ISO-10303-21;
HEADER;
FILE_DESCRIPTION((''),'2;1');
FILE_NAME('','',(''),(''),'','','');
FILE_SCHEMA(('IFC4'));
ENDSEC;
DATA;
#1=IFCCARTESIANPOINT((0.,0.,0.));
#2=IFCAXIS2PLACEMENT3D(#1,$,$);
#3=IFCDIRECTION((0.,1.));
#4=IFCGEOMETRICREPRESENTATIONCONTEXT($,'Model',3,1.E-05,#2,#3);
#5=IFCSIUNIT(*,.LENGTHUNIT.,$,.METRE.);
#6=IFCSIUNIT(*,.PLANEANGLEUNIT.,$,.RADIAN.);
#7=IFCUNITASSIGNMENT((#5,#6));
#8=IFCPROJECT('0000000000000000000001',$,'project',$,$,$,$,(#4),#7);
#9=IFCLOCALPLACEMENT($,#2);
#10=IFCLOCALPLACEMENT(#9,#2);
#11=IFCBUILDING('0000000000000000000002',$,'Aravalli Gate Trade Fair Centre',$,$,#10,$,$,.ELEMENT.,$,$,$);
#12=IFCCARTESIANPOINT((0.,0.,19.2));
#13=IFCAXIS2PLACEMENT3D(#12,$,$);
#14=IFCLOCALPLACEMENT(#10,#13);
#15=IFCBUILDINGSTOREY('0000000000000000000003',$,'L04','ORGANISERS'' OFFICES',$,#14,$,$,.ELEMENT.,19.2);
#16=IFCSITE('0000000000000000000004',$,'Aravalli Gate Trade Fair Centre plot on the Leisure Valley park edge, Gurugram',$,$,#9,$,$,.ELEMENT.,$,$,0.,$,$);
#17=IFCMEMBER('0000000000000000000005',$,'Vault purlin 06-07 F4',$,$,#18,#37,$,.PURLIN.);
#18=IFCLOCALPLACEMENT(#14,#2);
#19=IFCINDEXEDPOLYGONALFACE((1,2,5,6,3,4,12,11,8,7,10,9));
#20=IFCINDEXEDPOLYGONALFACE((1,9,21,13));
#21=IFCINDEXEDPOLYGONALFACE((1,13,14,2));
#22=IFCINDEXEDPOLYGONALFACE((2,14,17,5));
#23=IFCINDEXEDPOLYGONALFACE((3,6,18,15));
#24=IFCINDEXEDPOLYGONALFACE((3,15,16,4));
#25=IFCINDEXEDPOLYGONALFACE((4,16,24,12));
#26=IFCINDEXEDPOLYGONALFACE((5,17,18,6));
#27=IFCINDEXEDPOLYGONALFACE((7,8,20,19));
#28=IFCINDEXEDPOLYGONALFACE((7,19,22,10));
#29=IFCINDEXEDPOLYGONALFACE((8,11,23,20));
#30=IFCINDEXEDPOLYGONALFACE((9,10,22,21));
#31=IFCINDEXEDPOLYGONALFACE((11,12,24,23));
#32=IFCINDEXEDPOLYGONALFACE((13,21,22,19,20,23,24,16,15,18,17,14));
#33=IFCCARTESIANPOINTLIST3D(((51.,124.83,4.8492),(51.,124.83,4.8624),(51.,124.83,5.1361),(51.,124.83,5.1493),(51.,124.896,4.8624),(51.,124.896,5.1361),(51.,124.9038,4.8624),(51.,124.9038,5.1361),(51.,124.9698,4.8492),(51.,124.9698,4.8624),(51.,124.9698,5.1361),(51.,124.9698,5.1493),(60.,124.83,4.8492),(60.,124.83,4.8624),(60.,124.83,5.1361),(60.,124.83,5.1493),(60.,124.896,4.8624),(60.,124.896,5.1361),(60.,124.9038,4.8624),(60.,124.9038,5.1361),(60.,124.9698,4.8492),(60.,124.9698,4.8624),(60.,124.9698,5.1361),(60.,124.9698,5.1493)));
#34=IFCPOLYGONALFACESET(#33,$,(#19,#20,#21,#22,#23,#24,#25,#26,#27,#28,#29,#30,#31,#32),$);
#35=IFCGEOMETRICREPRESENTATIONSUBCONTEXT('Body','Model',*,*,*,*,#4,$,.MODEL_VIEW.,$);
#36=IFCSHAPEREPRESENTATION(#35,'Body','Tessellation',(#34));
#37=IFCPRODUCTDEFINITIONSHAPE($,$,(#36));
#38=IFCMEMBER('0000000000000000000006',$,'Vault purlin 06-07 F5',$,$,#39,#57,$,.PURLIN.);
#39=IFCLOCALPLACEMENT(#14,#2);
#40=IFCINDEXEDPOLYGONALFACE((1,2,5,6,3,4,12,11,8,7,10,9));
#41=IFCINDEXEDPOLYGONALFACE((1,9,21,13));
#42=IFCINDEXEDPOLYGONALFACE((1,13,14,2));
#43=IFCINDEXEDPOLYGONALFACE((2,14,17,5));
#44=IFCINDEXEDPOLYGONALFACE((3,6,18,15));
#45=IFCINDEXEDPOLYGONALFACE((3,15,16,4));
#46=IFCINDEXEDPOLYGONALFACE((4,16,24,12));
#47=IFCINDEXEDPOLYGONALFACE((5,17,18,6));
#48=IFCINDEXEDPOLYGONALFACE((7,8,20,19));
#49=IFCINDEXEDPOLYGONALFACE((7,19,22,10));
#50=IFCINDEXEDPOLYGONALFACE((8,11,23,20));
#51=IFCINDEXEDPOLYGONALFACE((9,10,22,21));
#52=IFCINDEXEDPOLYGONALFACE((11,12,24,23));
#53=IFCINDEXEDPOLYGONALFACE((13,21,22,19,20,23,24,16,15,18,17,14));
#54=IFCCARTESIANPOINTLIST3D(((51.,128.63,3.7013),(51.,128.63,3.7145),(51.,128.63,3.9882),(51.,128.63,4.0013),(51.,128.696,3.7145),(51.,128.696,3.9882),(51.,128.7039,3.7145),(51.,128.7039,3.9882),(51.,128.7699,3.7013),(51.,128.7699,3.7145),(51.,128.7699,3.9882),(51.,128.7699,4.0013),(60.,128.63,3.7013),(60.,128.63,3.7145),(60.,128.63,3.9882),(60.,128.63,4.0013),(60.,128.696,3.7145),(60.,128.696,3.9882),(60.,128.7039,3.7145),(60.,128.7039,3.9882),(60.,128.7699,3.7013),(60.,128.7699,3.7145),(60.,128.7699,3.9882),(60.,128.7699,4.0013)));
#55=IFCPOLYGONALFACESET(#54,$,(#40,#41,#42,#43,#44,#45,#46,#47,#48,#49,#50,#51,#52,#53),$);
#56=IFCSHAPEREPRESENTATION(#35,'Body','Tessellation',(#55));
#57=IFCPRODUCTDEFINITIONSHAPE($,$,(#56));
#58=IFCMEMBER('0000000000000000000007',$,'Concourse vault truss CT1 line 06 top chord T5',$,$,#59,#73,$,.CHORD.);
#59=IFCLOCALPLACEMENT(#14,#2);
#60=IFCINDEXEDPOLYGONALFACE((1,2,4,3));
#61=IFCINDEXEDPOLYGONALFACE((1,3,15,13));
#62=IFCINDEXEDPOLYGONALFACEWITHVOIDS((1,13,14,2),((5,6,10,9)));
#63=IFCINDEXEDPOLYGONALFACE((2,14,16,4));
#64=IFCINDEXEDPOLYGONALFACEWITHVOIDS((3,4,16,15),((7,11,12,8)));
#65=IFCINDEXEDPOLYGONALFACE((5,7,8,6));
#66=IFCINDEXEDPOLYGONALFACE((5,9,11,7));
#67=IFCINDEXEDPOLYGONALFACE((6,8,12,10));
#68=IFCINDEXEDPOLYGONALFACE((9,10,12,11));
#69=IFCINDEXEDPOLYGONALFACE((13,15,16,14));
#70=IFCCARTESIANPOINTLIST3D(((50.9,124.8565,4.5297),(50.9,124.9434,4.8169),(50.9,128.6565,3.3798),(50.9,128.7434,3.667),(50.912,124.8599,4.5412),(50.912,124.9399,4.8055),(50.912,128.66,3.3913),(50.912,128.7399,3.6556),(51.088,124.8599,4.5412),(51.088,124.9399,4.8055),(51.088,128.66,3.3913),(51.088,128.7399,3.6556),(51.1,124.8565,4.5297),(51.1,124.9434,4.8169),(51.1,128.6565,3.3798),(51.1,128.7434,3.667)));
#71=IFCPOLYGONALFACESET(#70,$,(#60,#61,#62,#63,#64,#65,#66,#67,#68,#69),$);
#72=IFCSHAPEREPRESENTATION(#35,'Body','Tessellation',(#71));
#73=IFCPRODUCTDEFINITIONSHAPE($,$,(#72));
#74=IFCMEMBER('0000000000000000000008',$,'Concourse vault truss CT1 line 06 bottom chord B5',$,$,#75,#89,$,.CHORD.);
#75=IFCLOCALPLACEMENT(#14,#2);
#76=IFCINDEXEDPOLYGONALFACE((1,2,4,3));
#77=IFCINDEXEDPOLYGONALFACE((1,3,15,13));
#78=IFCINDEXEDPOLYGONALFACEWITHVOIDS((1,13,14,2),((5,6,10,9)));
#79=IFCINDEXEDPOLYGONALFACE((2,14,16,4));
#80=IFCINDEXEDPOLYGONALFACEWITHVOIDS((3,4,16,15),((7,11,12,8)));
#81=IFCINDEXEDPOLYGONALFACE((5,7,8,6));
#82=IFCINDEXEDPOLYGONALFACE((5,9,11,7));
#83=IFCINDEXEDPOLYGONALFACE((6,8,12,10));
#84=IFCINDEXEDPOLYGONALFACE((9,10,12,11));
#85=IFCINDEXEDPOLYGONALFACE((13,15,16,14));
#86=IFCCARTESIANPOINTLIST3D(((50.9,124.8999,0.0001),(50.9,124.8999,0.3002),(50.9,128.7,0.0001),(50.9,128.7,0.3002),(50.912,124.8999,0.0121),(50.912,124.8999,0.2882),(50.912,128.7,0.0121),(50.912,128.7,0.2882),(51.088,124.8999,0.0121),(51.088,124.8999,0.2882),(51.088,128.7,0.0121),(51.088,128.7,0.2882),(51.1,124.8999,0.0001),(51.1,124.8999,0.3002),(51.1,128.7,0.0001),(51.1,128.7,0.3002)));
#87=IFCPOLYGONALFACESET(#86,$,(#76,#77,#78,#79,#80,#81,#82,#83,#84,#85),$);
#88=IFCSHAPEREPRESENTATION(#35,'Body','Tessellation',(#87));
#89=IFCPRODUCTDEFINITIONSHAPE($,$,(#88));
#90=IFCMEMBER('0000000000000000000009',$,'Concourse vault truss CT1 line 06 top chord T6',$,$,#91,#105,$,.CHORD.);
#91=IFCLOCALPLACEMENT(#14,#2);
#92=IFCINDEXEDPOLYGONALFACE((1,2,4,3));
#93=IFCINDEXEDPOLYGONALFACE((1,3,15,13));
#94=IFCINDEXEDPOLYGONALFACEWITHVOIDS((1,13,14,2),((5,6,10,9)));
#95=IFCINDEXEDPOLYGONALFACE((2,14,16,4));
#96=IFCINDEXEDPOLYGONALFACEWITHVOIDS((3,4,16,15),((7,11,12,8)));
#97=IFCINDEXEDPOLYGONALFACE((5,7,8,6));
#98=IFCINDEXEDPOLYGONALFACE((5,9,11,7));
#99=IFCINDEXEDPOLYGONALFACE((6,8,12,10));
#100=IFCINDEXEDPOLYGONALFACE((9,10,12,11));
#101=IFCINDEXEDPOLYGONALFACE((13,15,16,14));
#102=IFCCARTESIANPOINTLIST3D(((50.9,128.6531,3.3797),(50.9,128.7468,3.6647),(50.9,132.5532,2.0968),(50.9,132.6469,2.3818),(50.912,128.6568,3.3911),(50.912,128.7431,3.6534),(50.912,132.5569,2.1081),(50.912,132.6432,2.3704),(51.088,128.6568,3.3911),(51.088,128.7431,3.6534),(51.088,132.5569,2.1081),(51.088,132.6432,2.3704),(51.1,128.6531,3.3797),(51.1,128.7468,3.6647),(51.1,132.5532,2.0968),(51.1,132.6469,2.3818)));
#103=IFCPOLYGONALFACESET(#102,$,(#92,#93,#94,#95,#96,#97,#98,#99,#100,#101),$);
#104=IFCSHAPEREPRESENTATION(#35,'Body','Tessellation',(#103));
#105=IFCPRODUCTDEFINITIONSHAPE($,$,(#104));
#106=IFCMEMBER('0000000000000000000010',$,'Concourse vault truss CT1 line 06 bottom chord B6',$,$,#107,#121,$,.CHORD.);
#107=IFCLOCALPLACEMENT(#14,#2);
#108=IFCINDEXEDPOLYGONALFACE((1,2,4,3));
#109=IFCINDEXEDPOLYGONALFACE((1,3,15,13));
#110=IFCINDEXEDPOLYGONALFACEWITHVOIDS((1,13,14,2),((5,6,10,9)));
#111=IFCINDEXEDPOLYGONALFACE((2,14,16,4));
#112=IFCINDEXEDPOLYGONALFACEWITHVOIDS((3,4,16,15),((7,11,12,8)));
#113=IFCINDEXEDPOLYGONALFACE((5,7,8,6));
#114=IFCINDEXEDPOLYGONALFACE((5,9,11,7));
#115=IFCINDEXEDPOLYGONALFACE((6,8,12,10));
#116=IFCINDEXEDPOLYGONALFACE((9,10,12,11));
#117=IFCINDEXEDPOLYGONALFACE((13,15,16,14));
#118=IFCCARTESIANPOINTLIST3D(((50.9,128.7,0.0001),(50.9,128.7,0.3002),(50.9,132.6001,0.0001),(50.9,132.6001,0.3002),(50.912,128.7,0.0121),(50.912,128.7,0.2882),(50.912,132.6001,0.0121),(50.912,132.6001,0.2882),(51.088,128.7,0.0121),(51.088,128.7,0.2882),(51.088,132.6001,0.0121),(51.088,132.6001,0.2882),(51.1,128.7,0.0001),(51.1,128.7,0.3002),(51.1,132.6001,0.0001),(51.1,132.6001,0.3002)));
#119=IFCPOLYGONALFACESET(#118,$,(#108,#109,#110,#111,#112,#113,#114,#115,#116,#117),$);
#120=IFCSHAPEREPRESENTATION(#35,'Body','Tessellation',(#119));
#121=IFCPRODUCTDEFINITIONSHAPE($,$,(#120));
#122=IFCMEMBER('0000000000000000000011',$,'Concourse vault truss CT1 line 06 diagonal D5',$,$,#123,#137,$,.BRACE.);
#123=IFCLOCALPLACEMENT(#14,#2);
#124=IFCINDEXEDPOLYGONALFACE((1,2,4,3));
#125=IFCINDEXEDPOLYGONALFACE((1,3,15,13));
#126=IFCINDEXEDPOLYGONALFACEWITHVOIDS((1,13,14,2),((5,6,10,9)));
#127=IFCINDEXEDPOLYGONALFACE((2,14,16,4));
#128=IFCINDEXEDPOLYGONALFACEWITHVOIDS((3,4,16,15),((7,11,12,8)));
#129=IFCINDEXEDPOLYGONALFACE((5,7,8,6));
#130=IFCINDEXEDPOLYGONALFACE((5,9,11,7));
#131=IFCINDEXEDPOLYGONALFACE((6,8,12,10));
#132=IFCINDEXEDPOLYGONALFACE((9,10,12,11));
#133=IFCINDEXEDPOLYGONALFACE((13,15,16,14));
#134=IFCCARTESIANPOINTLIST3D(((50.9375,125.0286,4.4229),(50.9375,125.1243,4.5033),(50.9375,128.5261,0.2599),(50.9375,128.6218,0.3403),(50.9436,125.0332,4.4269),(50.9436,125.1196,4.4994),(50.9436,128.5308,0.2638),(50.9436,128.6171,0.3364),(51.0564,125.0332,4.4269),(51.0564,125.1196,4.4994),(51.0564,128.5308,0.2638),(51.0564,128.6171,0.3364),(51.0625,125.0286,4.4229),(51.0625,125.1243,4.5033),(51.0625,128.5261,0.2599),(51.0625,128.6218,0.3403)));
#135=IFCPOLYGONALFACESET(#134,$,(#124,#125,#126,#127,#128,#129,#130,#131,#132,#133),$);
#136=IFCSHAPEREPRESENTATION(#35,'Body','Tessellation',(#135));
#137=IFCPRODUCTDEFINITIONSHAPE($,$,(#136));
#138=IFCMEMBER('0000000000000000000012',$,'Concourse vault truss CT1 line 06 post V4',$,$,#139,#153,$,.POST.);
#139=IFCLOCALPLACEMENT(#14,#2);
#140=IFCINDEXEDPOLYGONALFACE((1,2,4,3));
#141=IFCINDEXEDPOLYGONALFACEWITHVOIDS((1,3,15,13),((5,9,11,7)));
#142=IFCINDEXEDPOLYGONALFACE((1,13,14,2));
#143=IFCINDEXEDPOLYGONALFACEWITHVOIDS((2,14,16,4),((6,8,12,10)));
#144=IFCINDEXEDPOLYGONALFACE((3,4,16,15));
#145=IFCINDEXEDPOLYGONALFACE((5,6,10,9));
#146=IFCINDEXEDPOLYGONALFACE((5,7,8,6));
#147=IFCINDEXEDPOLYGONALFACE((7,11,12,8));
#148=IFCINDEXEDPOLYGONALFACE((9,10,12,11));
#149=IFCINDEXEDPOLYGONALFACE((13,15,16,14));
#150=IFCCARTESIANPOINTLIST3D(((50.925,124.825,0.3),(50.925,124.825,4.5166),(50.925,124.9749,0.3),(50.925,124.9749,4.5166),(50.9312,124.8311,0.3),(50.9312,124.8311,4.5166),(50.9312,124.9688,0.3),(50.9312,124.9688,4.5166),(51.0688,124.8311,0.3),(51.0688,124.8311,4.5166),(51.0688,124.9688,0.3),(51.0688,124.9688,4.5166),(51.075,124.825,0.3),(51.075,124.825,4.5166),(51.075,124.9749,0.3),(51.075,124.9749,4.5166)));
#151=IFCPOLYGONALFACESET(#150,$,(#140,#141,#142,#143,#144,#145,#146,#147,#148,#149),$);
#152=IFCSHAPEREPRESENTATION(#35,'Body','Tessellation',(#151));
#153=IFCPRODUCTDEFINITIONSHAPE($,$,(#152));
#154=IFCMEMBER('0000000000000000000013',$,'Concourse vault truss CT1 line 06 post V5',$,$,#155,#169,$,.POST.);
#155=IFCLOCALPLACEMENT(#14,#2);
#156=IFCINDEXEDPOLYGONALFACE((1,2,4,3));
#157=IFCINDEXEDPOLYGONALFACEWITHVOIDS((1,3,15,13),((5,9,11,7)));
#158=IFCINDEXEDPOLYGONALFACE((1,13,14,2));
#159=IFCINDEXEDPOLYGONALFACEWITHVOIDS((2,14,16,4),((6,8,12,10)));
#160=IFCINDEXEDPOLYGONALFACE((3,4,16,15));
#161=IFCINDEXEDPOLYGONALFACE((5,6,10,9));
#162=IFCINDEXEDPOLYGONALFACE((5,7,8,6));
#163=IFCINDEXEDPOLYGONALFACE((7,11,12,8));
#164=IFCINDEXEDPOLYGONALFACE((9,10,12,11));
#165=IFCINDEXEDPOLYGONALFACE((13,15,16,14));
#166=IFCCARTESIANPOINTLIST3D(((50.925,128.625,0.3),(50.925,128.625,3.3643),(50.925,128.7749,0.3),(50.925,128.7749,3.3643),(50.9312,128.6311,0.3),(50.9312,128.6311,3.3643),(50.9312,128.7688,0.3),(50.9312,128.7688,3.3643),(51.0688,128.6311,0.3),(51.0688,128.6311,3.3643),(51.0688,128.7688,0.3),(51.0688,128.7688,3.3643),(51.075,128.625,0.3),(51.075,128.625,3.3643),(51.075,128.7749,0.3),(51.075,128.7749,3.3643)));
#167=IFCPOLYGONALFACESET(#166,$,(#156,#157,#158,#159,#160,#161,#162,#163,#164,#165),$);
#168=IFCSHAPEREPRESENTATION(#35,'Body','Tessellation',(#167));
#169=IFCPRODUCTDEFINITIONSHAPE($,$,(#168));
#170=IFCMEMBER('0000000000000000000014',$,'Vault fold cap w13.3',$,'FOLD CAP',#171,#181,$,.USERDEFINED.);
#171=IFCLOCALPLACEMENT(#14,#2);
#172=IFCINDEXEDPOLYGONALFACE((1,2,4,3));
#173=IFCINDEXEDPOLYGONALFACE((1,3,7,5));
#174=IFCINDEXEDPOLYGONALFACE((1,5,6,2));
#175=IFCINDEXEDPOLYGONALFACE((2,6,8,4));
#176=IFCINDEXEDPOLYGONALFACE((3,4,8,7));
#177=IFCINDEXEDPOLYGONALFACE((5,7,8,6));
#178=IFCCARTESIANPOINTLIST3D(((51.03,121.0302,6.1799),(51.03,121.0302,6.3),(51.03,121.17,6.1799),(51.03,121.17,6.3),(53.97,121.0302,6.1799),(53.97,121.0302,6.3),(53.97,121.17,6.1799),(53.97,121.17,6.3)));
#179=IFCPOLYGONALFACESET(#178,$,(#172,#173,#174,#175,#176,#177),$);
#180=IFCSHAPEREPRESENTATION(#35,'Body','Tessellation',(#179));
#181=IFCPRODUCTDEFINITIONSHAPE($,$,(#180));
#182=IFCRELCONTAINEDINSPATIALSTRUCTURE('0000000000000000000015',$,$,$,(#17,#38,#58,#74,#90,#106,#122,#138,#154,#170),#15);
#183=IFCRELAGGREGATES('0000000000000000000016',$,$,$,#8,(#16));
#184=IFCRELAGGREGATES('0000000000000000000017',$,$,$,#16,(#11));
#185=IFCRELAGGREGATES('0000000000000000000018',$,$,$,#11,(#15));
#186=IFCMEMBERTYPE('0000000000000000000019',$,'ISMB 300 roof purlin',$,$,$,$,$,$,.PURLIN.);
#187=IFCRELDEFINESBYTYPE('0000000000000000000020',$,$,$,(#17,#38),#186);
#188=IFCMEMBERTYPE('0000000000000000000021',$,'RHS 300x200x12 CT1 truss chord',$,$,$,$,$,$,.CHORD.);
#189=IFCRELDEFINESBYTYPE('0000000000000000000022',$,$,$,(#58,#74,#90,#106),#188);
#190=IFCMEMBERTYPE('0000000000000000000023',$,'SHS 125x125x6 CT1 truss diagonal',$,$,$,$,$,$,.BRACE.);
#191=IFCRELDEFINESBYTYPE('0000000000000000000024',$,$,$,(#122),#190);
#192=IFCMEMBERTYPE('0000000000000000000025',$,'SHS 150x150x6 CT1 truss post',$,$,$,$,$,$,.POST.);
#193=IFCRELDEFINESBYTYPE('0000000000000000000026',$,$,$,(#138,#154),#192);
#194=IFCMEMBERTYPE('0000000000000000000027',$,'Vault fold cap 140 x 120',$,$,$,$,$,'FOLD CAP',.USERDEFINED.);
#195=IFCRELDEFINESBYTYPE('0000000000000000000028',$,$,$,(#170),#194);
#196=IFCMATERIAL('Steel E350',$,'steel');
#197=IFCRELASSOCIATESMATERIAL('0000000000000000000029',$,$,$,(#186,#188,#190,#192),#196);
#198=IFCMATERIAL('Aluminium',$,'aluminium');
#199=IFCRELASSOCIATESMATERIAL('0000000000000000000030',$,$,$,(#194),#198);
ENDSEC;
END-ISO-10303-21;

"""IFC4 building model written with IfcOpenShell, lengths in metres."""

from ifc_helpers import new_model, si_unit, direction, frame, origin, origin_2d, place, context, subcontext, project, spatial, rectangle, hollow_rectangle, i_section, extrude, material, material_profile, profile_set, type_object, element, save


model = new_model("IFC4")

# Units and contexts
model_context = context("Model", 3, precision=1e-05, world=origin(), true_north=direction((0.0, 1.0)))
body_context = subcontext(model_context, "Body", "Model", "MODEL_VIEW")
ifc_project = project(units=[si_unit("LENGTHUNIT", "METRE"), si_unit("PLANEANGLEUNIT", "RADIAN")], contexts=[model_context])

# Site, building, storey
site_placement = place(None, origin())
site = spatial("IfcSite", under=ifc_project, at=site_placement, Name="Aravalli Gate Trade Fair Centre plot on the Leisure Valley park edge, Gurugram", CompositionType="ELEMENT", RefElevation=0.0)
building_placement = place(site_placement, origin())
building = spatial("IfcBuilding", under=site, at=building_placement, Name="Aravalli Gate Trade Fair Centre", CompositionType="ELEMENT")
storey_placement = place(building_placement, frame((0.0, 0.0, 19.2)))
storey = spatial("IfcBuildingStorey", under=building, at=storey_placement, Name="L04", Description="ORGANISERS' OFFICES", CompositionType="ELEMENT", Elevation=19.2)

# Members
ifc_material_1 = material(Name="Steel E350", Category="steel")
ifc_material_profile_1 = material_profile(ifc_material_1, i_section(OverallWidth=0.1399, OverallDepth=0.3, WebThickness=0.0078, FlangeThickness=0.0132, at=origin_2d()), Name="ISMB 300")
ifc_profile_set_1 = profile_set([ifc_material_profile_1], Name="Steel E350")
member_type_1 = type_object("IfcMemberType", Name="ISMB 300 roof purlin", PredefinedType="PURLIN", material=ifc_profile_set_1)
for number, where, z_axis, x_axis, name in (
    (1, (51.0, 124.8999, 4.9993), (1.0, 0.0, 0.0), (0.0, 1.0, 0.0), "Vault purlin 06-07 F4"),
    (2, (51.0, 128.7, 3.8513), (1.0, 0.0, 0.0), (0.0, 1.0, 0.0), "Vault purlin 06-07 F5"),
):
    element("IfcMember", number, at=place(storey_placement, frame(where, z_axis=z_axis, x_axis=x_axis)), inside=storey, type_object=member_type_1, Name=name, PredefinedType="PURLIN", context=body_context, shape_type="SweptSolid", body=[
        extrude(i_section(OverallWidth=0.1399, OverallDepth=0.3, WebThickness=0.0078, FlangeThickness=0.0132, at=origin_2d()), origin(), (0.0, 0.0, 1.0), 9.0),
    ])
ifc_material_profile_2 = material_profile(ifc_material_1, hollow_rectangle(XDim=0.2, YDim=0.3, WallThickness=0.012, at=origin_2d()), Name="RHS 300x200x12")
ifc_profile_set_2 = profile_set([ifc_material_profile_2], Name="Steel E350")
member_type_2 = type_object("IfcMemberType", Name="RHS 300x200x12 CT1 truss chord", PredefinedType="CHORD", material=ifc_profile_set_2)
member_1_placement = place(storey_placement, frame((51.0, 124.8999, 4.6733), z_axis=(0.0, 0.957138, -0.289632), x_axis=(-1.0, 0.0, 0.0)))
element("IfcMember", 3, at=member_1_placement, inside=storey, type_object=member_type_2, Name="Concourse vault truss CT1 line 06 top chord T5", PredefinedType="CHORD", context=body_context, shape_type="SweptSolid", body=[
    extrude(hollow_rectangle(XDim=0.2, YDim=0.3, WallThickness=0.012, at=origin_2d()), origin(), (0.0, 0.0, 1.0), 3.9702),
])
member_2_placement = place(storey_placement, frame((51.0, 124.8999, 0.1501), z_axis=(0.0, 1.0, 0.0), x_axis=(-1.0, 0.0, 0.0)))
element("IfcMember", 4, at=member_2_placement, inside=storey, type_object=member_type_2, Name="Concourse vault truss CT1 line 06 bottom chord B5", PredefinedType="CHORD", context=body_context, shape_type="SweptSolid", body=[
    extrude(hollow_rectangle(XDim=0.2, YDim=0.3, WallThickness=0.012, at=origin_2d()), origin(), (0.0, 0.0, 1.0), 3.8),
])
member_3_placement = place(storey_placement, frame((51.0, 128.7, 3.5222), z_axis=(0.0, 0.949925, -0.312479), x_axis=(-1.0, 0.0, 0.0)))
element("IfcMember", 5, at=member_3_placement, inside=storey, type_object=member_type_2, Name="Concourse vault truss CT1 line 06 top chord T6", PredefinedType="CHORD", context=body_context, shape_type="SweptSolid", body=[
    extrude(hollow_rectangle(XDim=0.2, YDim=0.3, WallThickness=0.012, at=origin_2d()), origin(), (0.0, 0.0, 1.0), 4.1057),
])
member_4_placement = place(storey_placement, frame((51.0, 128.7, 0.1501), z_axis=(0.0, 1.0, 0.0), x_axis=(-1.0, 0.0, 0.0)))
element("IfcMember", 6, at=member_4_placement, inside=storey, type_object=member_type_2, Name="Concourse vault truss CT1 line 06 bottom chord B6", PredefinedType="CHORD", context=body_context, shape_type="SweptSolid", body=[
    extrude(hollow_rectangle(XDim=0.2, YDim=0.3, WallThickness=0.012, at=origin_2d()), origin(), (0.0, 0.0, 1.0), 3.9001),
])
ifc_material_profile_3 = material_profile(ifc_material_1, hollow_rectangle(XDim=0.125, YDim=0.125, WallThickness=0.0061, at=origin_2d()), Name="SHS 125x125x6")
ifc_profile_set_3 = profile_set([ifc_material_profile_3], Name="Steel E350")
member_type_3 = type_object("IfcMemberType", Name="SHS 125x125x6 CT1 truss diagonal", PredefinedType="BRACE", material=ifc_profile_set_3)
member_5_placement = place(storey_placement, frame((51.0, 125.0764, 4.4631), z_axis=(0.0, 0.643253, -0.765654), x_axis=(-1.0, 0.0, 0.0)))
element("IfcMember", 7, at=member_5_placement, inside=storey, type_object=member_type_3, Name="Concourse vault truss CT1 line 06 diagonal D5", PredefinedType="BRACE", context=body_context, shape_type="SweptSolid", body=[
    extrude(hollow_rectangle(XDim=0.125, YDim=0.125, WallThickness=0.0061, at=origin_2d()), origin(), (0.0, 0.0, 1.0), 5.4373),
])
ifc_material_profile_4 = material_profile(ifc_material_1, hollow_rectangle(XDim=0.1499, YDim=0.1499, WallThickness=0.0061, at=origin_2d()), Name="SHS 150x150x6")
ifc_profile_set_4 = profile_set([ifc_material_profile_4], Name="Steel E350")
member_type_4 = type_object("IfcMemberType", Name="SHS 150x150x6 CT1 truss post", PredefinedType="POST", material=ifc_profile_set_4)
member_6_placement = place(storey_placement, frame((51.0, 124.8999, 0.3), z_axis=(0.0, 0.0, 1.0), x_axis=(1.0, 0.0, 0.0)))
element("IfcMember", 8, at=member_6_placement, inside=storey, type_object=member_type_4, Name="Concourse vault truss CT1 line 06 post V4", PredefinedType="POST", context=body_context, shape_type="SweptSolid", body=[
    extrude(hollow_rectangle(XDim=0.1499, YDim=0.1499, WallThickness=0.0061, at=origin_2d()), origin(), (0.0, 0.0, 1.0), 4.2166),
])
member_7_placement = place(storey_placement, frame((51.0, 128.7, 0.3), z_axis=(0.0, 0.0, 1.0), x_axis=(1.0, 0.0, 0.0)))
element("IfcMember", 9, at=member_7_placement, inside=storey, type_object=member_type_4, Name="Concourse vault truss CT1 line 06 post V5", PredefinedType="POST", context=body_context, shape_type="SweptSolid", body=[
    extrude(hollow_rectangle(XDim=0.1499, YDim=0.1499, WallThickness=0.0061, at=origin_2d()), origin(), (0.0, 0.0, 1.0), 3.0642),
])
ifc_material_2 = material(Name="Aluminium", Category="aluminium")
ifc_material_profile_5 = material_profile(ifc_material_2, rectangle(XDim=0.1399, YDim=0.1201, at=origin_2d()), Name="Vault fold cap 140 x 120")
ifc_profile_set_5 = profile_set([ifc_material_profile_5], Name="Aluminium")
member_type_5 = type_object("IfcMemberType", Name="Vault fold cap 140 x 120", ElementType="FOLD CAP", PredefinedType="USERDEFINED", material=ifc_profile_set_5)
for number, where, z_axis, x_axis, name in (
    (10, (51.03, 121.1001, 6.24), (1.0, 0.0, 0.0), (0.0, 1.0, 0.0), "Vault fold cap w13.3"),
):
    element("IfcMember", number, at=place(storey_placement, frame(where, z_axis=z_axis, x_axis=x_axis)), inside=storey, type_object=member_type_5, Name=name, ObjectType="FOLD CAP", PredefinedType="USERDEFINED", context=body_context, shape_type="SweptSolid", body=[
        extrude(rectangle(XDim=0.1399, YDim=0.1201, at=origin_2d()), origin(), (0.0, 0.0, 1.0), 2.9399),
    ])

save(model, "model.ifc")
